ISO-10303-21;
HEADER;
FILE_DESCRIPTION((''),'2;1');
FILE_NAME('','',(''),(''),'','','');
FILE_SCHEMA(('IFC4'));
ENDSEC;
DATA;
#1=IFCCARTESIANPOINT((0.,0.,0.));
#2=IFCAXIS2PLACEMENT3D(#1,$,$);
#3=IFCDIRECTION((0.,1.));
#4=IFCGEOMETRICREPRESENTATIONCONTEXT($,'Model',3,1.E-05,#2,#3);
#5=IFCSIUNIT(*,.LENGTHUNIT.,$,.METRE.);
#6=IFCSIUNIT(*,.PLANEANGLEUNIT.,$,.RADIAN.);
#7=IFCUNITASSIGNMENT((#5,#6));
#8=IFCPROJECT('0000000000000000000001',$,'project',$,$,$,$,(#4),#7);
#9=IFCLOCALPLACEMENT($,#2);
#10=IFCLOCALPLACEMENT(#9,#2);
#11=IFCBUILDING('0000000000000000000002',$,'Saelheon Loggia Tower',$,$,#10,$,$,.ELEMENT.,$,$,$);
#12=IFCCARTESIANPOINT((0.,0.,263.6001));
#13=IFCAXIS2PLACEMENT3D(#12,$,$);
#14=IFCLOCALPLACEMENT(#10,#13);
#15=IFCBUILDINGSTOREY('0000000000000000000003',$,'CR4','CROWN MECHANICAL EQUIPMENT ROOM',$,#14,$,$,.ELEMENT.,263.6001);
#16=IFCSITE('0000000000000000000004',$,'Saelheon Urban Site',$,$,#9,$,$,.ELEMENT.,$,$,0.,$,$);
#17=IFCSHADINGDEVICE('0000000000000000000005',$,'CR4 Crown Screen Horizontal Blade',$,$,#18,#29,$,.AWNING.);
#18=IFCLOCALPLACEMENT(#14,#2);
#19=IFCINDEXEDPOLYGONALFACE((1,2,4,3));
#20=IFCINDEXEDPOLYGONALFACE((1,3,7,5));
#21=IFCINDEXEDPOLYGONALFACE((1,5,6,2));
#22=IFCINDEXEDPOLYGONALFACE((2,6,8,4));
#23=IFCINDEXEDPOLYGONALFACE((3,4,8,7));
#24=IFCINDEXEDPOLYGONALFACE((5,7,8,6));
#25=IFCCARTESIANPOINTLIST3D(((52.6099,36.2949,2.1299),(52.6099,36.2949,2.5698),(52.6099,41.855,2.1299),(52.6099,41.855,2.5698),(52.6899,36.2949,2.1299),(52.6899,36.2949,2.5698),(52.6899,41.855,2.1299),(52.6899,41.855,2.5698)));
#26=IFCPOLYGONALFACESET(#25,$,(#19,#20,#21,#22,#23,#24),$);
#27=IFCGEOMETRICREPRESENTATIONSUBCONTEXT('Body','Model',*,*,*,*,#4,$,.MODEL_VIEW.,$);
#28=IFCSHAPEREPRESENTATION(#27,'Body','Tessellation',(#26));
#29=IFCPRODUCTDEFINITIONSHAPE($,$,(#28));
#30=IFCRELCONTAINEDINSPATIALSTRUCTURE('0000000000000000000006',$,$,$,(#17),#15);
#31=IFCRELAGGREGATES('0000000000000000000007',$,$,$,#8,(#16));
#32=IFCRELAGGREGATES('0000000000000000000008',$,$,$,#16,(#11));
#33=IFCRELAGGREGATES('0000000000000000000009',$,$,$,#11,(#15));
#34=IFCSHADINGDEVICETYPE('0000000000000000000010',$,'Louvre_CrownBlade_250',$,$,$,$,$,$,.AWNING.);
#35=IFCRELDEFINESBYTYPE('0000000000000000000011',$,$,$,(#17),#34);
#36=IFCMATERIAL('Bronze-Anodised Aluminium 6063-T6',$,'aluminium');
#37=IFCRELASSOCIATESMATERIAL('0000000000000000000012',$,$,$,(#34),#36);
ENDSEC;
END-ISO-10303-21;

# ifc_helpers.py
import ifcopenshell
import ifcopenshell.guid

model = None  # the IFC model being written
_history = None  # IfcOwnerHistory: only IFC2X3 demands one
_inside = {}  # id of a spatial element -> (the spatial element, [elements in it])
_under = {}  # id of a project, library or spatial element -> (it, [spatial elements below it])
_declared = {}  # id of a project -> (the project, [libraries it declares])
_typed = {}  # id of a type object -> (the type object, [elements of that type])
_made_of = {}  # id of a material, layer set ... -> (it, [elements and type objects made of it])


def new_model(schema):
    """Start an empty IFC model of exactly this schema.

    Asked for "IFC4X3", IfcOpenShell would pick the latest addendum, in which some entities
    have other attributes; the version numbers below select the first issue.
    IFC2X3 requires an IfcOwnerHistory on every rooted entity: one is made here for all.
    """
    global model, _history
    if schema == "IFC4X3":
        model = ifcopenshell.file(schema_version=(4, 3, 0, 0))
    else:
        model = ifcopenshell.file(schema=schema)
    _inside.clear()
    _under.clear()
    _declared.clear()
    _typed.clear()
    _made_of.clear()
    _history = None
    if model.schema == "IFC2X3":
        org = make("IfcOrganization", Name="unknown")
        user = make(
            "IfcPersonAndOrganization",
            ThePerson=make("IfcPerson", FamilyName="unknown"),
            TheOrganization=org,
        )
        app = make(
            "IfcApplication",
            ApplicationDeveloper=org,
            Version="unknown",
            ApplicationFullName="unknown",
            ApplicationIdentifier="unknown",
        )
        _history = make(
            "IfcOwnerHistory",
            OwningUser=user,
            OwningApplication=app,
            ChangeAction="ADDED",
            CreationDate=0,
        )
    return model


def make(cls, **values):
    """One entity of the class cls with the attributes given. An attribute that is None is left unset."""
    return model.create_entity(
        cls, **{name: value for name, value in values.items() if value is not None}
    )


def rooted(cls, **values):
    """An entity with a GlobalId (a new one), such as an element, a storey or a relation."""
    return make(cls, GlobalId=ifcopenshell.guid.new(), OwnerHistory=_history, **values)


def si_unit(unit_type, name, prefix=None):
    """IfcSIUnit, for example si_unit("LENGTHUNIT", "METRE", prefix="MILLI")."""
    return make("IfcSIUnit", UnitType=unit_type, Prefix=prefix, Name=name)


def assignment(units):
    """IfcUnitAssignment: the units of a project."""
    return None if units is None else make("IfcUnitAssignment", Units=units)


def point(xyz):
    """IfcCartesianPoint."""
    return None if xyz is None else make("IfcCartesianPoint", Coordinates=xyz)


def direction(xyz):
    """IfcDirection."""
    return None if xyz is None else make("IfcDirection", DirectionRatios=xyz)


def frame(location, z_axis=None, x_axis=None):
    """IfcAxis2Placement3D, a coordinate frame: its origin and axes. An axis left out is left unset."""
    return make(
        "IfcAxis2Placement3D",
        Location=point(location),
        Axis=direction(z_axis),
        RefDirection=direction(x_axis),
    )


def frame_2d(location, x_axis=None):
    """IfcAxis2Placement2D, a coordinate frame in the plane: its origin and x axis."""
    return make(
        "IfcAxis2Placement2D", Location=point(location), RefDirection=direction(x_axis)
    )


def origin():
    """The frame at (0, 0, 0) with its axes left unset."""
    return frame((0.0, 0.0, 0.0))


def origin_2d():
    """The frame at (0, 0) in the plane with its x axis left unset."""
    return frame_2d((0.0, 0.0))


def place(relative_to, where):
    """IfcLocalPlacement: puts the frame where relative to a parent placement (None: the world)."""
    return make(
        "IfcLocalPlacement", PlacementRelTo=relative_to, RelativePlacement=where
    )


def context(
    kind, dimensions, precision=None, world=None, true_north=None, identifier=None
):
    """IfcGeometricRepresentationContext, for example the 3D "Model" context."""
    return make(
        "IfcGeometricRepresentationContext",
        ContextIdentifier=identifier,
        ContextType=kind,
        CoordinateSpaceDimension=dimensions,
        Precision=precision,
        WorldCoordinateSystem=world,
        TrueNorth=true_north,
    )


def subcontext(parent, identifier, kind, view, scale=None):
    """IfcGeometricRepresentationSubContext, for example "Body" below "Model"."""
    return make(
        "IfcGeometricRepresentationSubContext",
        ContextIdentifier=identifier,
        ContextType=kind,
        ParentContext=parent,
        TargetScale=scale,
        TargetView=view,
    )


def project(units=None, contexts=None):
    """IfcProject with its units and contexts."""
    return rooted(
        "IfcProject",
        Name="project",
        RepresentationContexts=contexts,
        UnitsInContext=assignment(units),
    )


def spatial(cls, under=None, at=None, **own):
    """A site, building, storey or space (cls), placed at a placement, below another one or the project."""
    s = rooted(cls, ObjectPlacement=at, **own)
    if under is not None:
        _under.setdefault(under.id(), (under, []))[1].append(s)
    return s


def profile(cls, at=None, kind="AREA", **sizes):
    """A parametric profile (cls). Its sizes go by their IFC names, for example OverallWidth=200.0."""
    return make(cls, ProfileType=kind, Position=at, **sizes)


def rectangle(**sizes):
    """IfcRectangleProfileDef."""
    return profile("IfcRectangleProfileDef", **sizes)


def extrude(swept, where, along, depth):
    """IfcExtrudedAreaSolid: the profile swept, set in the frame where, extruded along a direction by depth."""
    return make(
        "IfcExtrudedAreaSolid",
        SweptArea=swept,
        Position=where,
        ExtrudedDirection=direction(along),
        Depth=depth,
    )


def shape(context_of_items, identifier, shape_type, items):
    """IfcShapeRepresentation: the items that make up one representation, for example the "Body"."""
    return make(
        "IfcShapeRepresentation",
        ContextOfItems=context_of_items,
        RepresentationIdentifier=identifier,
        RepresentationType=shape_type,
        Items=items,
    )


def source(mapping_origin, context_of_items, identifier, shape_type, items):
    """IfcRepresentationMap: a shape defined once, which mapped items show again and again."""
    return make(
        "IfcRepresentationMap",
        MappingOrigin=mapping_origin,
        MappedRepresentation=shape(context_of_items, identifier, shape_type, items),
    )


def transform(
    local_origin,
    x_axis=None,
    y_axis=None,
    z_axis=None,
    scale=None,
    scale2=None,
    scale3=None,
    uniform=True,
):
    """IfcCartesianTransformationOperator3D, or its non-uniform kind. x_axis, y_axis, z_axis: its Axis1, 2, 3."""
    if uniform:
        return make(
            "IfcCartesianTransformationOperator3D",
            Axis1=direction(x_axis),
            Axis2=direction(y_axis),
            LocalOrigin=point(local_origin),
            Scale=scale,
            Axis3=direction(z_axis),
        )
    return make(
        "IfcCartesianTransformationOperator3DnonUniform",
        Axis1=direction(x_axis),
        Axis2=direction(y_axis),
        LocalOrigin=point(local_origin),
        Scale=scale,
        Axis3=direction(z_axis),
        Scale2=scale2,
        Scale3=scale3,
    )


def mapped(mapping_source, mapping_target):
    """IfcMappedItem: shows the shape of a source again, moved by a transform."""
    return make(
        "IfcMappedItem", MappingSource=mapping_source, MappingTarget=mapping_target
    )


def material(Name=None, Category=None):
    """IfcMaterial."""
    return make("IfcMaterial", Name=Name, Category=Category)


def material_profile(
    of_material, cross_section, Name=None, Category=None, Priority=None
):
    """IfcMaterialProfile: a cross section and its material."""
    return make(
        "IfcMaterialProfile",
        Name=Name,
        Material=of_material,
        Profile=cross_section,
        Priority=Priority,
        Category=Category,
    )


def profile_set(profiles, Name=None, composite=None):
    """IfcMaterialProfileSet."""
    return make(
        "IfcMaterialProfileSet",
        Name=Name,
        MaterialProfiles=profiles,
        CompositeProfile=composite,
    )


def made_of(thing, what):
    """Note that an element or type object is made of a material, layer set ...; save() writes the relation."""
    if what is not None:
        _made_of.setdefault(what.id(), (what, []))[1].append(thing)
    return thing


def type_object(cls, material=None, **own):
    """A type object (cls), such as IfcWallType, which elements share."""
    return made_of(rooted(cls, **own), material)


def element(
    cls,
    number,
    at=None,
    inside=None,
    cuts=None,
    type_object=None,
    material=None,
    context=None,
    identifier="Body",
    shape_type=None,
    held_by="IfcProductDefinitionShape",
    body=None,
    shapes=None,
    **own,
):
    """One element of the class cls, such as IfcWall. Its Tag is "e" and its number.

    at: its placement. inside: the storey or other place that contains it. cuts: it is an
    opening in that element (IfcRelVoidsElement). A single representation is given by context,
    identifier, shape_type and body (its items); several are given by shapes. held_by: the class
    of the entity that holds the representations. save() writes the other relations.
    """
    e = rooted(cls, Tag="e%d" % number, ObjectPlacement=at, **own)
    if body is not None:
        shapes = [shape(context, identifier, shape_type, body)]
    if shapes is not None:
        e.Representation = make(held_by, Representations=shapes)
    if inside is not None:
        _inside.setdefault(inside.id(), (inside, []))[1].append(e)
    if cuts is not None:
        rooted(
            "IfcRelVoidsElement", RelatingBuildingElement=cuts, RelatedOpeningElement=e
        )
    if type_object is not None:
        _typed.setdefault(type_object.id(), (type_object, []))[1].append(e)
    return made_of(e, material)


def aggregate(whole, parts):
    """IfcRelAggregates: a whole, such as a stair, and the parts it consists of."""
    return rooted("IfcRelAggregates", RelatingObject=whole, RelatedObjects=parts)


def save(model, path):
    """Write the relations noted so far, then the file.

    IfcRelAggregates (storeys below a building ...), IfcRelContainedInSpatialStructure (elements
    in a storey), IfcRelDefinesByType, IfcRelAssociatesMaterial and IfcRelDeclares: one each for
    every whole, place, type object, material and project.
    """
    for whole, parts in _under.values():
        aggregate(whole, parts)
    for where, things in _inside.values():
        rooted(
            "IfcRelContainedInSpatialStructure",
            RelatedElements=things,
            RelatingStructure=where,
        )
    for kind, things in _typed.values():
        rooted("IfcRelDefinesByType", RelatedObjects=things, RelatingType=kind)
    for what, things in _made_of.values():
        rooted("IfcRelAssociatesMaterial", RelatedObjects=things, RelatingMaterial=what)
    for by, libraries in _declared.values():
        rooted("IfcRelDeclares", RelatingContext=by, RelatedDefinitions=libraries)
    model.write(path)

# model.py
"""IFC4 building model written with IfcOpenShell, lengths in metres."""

from ifc_helpers import new_model, si_unit, direction, frame, origin, origin_2d, place, context, subcontext, project, spatial, rectangle, extrude, source, transform, mapped, material, material_profile, profile_set, type_object, element, save


model = new_model("IFC4")

# Units and contexts
model_context = context("Model", 3, precision=1e-05, world=origin(), true_north=direction((0.0, 1.0)))
body_context = subcontext(model_context, "Body", "Model", "MODEL_VIEW")
ifc_project = project(units=[si_unit("LENGTHUNIT", "METRE"), si_unit("PLANEANGLEUNIT", "RADIAN")], contexts=[model_context])

# Site, building, storey
site_placement = place(None, origin())
site = spatial("IfcSite", under=ifc_project, at=site_placement, Name="Saelheon Urban Site", CompositionType="ELEMENT", RefElevation=0.0)
building_placement = place(site_placement, origin())
building = spatial("IfcBuilding", under=site, at=building_placement, Name="Saelheon Loggia Tower", CompositionType="ELEMENT")
storey_placement = place(building_placement, frame((0.0, 0.0, 263.6001)))
storey = spatial("IfcBuildingStorey", under=building, at=storey_placement, Name="CR4", Description="CROWN MECHANICAL EQUIPMENT ROOM", CompositionType="ELEMENT", Elevation=263.6001)

# Shared definitions
ifc_material_1 = material(Name="Bronze-Anodised Aluminium 6063-T6", Category="aluminium")

# Shading device
ifc_material_profile_1 = material_profile(ifc_material_1, rectangle(XDim=0.0801, YDim=0.4399, at=origin_2d()), Name="Louvre_CrownBlade_250")
ifc_profile_set_1 = profile_set([ifc_material_profile_1], Name="Bronze-Anodised Aluminium 6063-T6")
shading_device_type = type_object("IfcShadingDeviceType", Name="Louvre_CrownBlade_250", PredefinedType="AWNING", material=ifc_profile_set_1)
shared_shape_1 = source(origin(), body_context, "Body", "SweptSolid", [
    extrude(rectangle(XDim=0.0801, YDim=0.4399, at=origin_2d()), origin(), (0.0, 0.0, 1.0), 5.5601),
])
for number, where, z_axis, x_axis, name in (
    (1, (52.6499, 36.2949, 2.3499), (0.0, 1.0, 0.0), (-1.0, 0.0, 0.0), "CR4 Crown Screen Horizontal Blade"),
):
    element("IfcShadingDevice", number, at=place(storey_placement, frame(where, z_axis=z_axis, x_axis=x_axis)), inside=storey, type_object=shading_device_type, Name=name, PredefinedType="AWNING", context=body_context, shape_type="MappedRepresentation", body=[
        mapped(shared_shape_1, transform((0.0, 0.0, 0.0), scale=1.0)),
    ])

save(model, "model.ifc")
